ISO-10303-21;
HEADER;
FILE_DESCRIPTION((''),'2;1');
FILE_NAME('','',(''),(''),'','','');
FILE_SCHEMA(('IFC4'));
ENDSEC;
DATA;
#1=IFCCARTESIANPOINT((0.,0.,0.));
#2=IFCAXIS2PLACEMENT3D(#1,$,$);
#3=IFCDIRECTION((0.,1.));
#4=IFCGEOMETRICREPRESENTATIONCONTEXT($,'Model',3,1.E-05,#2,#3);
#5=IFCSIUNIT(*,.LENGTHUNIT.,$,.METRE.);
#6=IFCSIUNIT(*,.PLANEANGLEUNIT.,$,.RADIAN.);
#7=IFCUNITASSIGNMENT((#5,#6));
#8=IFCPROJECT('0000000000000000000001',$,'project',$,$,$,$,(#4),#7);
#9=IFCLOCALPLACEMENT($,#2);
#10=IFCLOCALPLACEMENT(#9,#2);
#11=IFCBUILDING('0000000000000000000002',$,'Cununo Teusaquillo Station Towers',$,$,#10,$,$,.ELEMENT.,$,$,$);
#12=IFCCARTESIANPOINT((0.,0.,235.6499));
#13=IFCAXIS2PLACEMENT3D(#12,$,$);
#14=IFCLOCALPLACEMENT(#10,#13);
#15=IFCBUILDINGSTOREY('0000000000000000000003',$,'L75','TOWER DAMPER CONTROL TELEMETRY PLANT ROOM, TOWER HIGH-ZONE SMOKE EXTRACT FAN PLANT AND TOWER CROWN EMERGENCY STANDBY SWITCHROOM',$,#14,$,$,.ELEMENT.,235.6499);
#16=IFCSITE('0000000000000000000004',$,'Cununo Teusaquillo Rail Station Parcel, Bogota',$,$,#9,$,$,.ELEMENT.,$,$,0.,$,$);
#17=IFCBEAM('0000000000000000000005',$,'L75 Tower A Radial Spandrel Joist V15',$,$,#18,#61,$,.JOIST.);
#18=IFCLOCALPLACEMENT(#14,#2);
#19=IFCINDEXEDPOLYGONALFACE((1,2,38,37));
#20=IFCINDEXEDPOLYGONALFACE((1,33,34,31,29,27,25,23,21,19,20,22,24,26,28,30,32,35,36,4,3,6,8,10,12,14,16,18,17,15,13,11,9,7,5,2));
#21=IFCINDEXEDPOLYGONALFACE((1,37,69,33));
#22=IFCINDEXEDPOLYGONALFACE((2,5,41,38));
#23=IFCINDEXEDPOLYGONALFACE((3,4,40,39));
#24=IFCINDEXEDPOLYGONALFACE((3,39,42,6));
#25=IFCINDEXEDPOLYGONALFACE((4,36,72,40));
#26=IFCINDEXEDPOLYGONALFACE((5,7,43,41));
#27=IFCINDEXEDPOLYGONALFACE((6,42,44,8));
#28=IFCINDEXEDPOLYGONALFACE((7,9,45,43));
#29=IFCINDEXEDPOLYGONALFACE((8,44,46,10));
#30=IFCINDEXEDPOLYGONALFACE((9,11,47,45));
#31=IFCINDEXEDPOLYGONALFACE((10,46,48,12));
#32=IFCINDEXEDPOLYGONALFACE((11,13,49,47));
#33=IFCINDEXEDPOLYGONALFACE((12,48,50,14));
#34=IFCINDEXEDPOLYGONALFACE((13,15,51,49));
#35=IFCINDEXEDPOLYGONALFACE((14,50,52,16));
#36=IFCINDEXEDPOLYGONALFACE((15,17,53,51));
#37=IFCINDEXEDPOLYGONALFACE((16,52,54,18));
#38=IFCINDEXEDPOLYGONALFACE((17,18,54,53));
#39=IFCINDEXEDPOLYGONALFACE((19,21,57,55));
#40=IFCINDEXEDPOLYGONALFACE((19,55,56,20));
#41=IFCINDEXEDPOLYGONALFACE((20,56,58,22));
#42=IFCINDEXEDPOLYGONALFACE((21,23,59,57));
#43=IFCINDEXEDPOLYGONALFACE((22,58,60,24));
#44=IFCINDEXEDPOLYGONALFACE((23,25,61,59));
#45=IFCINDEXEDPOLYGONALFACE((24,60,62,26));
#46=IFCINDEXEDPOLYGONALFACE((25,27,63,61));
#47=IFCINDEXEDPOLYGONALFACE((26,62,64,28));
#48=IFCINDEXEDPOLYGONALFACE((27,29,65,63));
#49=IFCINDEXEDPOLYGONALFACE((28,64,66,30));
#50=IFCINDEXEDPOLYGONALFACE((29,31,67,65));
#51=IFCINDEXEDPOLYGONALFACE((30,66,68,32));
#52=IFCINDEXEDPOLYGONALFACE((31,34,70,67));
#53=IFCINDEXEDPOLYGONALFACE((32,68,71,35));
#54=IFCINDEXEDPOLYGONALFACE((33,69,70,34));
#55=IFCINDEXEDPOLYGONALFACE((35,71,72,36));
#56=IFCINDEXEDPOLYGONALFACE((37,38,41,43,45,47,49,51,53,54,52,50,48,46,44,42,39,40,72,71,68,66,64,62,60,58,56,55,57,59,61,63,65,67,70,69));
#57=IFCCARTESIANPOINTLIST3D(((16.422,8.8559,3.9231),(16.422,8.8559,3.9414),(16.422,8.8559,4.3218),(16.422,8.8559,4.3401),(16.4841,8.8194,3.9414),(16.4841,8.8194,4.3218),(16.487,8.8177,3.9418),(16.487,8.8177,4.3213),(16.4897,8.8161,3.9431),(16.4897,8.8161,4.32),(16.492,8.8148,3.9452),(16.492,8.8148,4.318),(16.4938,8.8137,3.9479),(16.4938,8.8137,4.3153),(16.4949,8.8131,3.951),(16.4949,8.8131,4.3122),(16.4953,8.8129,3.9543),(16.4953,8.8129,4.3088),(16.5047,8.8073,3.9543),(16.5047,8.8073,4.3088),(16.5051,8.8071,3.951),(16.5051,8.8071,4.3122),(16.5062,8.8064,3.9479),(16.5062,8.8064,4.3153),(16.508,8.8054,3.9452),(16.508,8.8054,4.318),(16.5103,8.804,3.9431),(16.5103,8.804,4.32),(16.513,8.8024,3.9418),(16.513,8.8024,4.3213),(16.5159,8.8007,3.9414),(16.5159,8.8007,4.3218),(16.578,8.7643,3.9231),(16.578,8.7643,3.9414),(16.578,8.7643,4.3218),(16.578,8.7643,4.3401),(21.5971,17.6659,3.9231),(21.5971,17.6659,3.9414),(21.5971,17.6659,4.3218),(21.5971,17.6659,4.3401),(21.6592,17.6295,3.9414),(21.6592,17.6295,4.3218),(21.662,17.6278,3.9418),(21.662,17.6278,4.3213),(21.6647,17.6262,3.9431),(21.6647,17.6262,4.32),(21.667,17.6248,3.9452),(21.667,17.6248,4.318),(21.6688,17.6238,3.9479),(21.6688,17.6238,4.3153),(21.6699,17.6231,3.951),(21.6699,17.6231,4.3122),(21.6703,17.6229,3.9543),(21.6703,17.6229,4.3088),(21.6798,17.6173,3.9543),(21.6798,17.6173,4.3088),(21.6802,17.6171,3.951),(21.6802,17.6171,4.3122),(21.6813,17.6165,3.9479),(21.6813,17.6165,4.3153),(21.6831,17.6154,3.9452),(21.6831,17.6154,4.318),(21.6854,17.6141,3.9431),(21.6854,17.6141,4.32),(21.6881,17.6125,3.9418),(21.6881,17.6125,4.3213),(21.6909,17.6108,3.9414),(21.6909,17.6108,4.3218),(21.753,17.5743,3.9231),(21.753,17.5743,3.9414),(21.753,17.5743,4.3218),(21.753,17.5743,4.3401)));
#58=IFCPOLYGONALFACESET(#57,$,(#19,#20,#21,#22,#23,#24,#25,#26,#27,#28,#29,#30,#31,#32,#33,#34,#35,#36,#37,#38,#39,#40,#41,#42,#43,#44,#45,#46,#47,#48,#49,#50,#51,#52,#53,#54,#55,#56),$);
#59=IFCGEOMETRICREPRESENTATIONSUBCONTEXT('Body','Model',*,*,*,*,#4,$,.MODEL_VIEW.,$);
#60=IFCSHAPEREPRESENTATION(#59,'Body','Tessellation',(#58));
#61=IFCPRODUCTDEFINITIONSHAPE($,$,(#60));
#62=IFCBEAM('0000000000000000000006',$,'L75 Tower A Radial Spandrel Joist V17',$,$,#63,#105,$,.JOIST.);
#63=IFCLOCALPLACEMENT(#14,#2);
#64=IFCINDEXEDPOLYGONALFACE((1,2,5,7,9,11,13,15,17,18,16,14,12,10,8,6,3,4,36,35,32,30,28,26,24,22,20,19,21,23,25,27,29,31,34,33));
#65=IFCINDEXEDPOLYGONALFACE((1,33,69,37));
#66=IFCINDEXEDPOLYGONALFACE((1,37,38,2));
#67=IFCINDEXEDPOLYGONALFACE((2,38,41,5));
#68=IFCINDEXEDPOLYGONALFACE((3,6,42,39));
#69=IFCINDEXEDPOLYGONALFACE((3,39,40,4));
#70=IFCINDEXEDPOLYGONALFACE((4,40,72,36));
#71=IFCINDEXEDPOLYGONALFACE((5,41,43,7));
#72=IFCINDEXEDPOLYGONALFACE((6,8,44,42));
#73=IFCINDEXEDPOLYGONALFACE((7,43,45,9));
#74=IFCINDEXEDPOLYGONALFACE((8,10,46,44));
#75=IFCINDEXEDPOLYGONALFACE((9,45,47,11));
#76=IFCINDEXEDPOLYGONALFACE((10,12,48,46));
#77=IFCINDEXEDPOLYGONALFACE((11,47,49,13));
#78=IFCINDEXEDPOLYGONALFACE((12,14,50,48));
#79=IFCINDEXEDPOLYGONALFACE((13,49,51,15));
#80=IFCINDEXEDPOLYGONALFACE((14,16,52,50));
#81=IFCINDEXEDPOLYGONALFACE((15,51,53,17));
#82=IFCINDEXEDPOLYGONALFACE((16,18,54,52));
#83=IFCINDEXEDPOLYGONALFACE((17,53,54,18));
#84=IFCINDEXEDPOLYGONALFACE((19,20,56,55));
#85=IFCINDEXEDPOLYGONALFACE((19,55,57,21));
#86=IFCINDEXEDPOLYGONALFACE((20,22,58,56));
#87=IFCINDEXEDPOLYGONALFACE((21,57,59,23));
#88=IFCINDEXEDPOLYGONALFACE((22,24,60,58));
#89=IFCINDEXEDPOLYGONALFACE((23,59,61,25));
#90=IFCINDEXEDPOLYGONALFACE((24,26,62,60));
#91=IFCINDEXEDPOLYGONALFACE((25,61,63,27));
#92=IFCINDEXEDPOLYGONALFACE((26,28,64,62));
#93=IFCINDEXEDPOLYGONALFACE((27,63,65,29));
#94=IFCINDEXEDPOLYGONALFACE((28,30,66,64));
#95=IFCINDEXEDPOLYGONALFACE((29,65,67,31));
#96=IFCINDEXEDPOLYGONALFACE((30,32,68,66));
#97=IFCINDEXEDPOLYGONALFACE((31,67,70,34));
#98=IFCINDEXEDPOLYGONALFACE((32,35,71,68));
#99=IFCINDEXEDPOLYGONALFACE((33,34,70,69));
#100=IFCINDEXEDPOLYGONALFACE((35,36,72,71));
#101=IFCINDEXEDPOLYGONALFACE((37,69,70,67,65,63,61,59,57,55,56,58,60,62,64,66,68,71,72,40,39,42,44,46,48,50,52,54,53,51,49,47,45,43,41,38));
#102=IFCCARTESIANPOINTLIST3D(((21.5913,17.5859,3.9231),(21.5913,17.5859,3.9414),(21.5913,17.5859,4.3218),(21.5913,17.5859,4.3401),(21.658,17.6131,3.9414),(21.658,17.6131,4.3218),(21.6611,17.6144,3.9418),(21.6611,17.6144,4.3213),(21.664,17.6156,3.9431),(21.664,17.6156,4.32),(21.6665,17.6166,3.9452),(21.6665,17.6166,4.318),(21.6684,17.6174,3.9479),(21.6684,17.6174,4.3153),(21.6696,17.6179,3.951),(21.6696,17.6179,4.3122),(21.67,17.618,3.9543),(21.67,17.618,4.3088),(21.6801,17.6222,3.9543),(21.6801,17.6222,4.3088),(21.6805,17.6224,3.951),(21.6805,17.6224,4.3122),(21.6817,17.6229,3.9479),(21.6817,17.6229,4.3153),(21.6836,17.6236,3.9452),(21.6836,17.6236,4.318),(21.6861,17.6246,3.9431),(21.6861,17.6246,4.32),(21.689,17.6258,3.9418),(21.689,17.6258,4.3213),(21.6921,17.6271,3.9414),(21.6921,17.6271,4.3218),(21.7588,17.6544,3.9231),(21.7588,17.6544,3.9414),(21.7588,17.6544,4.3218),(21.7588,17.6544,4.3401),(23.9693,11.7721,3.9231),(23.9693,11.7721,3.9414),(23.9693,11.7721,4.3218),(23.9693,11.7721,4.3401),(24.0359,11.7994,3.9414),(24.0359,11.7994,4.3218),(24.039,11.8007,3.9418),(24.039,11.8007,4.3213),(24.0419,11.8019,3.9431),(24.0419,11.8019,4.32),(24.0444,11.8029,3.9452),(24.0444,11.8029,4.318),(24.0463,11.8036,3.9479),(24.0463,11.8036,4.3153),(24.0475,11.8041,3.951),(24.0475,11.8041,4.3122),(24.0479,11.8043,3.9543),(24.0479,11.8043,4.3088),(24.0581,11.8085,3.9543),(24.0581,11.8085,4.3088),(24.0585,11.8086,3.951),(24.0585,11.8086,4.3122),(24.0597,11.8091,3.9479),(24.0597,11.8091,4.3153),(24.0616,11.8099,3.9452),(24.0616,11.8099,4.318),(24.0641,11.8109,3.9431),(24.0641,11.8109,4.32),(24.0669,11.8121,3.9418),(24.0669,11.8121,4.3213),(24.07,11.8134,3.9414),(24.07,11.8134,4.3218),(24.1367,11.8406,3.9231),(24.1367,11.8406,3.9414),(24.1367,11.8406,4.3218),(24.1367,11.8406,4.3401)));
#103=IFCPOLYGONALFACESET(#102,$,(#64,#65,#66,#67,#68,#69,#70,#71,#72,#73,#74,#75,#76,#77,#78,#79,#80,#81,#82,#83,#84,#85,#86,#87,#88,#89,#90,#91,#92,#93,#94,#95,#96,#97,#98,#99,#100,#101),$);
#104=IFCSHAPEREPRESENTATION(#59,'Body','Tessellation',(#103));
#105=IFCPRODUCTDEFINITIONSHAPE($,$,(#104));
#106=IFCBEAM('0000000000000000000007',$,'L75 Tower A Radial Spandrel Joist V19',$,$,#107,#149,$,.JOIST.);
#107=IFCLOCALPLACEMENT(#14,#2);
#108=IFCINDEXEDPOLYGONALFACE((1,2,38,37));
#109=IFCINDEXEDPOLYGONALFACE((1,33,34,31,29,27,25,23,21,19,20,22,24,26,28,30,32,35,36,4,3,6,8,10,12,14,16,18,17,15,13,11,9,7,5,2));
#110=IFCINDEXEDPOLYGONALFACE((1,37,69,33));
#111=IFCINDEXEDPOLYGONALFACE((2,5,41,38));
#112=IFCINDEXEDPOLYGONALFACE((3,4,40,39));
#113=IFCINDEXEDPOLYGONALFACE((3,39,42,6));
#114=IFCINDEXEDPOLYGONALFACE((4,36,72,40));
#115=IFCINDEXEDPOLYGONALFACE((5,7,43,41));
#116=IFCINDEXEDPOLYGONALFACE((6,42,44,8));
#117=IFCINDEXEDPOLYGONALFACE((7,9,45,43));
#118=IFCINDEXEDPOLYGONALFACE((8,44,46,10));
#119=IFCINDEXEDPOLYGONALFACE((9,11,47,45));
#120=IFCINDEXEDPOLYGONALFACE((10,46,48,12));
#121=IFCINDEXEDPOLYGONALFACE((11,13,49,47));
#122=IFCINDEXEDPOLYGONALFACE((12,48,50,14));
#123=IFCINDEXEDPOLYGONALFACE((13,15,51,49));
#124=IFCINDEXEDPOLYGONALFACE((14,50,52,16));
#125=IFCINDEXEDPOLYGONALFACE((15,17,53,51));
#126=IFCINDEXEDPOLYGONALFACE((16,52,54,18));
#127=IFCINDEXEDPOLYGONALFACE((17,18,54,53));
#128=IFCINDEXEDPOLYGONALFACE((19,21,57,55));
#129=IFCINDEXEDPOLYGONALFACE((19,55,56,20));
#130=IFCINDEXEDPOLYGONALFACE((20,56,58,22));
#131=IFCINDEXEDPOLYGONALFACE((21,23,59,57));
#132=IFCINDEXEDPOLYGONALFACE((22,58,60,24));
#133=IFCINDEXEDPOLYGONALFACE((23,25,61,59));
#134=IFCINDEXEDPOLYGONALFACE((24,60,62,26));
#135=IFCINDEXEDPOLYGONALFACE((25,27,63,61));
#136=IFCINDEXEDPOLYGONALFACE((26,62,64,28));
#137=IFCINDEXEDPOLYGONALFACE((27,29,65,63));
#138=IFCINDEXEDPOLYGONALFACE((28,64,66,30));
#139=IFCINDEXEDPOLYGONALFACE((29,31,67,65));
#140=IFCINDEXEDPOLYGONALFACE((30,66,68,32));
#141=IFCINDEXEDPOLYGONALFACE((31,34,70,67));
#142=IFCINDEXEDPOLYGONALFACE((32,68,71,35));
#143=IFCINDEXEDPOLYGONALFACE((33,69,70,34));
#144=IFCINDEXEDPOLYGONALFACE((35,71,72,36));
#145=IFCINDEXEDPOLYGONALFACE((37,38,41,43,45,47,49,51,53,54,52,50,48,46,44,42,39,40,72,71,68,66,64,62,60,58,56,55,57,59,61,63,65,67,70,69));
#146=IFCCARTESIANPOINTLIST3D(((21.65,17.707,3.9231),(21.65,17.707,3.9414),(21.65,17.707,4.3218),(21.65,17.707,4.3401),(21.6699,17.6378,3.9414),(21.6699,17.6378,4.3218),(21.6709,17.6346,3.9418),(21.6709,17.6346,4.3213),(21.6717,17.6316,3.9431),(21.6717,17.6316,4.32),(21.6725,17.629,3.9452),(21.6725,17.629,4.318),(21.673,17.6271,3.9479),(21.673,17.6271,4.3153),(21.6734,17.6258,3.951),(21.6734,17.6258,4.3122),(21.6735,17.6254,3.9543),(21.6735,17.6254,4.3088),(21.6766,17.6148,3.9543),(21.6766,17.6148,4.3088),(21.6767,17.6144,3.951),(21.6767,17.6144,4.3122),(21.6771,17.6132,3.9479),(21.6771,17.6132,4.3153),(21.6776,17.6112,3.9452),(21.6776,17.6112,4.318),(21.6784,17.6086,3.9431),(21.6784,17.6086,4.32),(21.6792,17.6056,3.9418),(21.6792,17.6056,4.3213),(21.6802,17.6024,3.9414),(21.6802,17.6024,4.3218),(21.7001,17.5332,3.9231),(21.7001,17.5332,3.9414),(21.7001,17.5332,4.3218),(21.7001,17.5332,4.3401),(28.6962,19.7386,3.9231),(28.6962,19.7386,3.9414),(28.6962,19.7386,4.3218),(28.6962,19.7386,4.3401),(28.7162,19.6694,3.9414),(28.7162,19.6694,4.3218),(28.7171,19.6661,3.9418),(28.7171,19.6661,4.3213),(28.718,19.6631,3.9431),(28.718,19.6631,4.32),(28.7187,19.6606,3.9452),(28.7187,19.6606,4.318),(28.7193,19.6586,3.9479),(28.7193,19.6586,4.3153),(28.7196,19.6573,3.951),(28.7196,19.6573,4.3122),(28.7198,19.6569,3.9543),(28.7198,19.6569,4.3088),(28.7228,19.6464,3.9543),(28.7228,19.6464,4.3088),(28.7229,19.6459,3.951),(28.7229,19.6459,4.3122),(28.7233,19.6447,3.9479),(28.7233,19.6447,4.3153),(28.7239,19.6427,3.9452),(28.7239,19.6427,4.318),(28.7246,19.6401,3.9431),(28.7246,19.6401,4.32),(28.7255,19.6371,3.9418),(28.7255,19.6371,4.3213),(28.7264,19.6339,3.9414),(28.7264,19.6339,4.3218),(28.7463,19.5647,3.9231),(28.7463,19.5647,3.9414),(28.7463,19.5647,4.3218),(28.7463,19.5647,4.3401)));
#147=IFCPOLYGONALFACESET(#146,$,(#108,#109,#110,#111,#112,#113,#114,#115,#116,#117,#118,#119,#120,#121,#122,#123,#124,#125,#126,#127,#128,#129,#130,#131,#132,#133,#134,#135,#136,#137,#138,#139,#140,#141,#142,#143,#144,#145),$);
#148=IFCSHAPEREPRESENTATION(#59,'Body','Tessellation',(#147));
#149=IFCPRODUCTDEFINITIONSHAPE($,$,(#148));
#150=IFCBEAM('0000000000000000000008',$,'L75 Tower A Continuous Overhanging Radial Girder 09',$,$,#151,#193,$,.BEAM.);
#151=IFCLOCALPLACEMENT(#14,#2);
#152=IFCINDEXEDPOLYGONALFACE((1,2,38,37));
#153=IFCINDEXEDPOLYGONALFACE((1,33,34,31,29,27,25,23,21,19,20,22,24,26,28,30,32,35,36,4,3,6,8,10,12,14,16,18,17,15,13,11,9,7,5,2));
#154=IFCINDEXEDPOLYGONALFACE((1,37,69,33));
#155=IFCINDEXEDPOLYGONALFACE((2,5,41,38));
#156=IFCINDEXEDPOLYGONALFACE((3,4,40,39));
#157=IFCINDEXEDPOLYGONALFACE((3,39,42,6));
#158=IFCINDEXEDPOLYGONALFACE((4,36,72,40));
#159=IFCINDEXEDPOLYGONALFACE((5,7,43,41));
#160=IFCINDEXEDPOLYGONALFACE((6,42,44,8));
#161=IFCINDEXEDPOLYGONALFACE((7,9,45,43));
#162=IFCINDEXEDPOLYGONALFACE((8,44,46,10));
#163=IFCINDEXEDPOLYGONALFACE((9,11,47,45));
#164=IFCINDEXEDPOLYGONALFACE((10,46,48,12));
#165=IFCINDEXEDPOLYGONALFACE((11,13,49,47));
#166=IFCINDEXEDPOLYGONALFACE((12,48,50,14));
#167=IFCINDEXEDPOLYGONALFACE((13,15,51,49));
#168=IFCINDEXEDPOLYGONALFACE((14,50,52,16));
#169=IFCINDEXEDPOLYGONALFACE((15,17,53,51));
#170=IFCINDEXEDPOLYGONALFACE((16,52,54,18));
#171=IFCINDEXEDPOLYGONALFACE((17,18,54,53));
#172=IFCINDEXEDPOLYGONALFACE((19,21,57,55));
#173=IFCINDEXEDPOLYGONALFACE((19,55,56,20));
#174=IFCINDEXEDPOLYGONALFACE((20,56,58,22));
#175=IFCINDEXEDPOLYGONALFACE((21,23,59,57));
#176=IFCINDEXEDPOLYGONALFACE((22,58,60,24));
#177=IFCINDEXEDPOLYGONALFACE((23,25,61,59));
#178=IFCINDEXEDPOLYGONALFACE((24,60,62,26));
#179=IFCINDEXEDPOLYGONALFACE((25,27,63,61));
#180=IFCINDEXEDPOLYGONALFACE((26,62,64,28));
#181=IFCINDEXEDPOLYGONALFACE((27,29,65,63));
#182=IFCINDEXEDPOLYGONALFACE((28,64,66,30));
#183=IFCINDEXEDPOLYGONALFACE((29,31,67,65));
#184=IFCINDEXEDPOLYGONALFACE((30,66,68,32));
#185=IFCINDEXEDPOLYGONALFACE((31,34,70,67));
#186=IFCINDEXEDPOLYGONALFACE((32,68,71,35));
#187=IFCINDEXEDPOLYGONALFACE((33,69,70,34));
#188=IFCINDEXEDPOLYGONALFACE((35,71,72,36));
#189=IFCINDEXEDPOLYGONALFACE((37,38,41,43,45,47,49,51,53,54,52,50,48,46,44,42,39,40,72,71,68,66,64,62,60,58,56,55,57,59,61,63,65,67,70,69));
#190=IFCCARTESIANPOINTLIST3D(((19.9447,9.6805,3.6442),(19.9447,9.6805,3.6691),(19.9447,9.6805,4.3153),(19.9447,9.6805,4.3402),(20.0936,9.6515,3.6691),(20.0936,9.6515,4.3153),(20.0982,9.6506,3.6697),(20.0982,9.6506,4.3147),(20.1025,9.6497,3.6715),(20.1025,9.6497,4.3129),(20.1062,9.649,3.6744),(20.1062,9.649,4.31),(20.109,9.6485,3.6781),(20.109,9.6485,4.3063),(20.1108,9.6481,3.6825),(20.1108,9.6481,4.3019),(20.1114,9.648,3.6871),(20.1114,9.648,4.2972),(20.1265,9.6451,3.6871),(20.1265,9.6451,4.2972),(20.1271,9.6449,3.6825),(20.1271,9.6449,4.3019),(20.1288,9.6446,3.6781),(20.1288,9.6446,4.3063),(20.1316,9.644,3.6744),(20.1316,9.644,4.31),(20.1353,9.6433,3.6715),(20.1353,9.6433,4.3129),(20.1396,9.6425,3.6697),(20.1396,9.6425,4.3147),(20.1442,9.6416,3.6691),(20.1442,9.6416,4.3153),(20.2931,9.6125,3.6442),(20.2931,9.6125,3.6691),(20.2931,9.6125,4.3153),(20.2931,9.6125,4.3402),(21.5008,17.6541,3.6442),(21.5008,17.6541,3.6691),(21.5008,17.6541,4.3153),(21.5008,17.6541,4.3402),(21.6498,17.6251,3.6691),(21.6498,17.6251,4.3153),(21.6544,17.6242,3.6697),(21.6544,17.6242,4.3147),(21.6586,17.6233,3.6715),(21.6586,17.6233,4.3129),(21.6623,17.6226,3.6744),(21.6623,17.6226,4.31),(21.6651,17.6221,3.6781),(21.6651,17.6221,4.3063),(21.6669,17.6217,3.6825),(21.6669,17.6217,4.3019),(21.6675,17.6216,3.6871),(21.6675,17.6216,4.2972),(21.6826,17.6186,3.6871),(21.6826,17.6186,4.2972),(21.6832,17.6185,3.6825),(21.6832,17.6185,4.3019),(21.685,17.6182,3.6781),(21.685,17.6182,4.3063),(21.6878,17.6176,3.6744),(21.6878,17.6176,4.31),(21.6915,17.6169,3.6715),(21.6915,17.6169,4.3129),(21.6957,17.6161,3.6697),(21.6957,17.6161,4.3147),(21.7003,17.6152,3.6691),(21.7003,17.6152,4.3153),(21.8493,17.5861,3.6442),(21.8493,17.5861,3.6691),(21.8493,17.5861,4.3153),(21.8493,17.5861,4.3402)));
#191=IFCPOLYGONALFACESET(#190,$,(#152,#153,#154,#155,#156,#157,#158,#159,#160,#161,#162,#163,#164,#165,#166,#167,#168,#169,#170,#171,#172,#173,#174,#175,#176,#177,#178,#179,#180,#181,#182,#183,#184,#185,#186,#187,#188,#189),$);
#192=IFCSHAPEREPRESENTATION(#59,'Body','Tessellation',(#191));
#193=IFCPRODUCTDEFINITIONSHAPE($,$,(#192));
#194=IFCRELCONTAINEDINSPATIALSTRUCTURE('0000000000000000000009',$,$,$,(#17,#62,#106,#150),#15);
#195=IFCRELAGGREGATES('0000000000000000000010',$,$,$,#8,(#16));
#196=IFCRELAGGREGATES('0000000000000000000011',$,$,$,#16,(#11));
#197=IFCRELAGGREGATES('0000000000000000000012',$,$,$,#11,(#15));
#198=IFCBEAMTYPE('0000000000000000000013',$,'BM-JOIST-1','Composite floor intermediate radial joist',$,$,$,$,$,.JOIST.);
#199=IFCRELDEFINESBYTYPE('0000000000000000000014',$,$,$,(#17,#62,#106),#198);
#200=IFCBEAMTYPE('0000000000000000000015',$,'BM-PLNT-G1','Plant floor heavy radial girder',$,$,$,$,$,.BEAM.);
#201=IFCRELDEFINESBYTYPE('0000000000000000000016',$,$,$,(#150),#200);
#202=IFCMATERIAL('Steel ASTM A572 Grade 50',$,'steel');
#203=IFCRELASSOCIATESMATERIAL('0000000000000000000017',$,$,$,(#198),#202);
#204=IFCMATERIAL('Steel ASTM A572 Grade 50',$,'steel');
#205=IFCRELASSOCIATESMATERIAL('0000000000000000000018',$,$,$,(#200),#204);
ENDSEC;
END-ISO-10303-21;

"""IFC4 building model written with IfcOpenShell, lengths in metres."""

from ifc_helpers import new_model, si_unit, direction, frame, origin, origin_2d, place, context, subcontext, project, spatial, i_section, extrude, material, material_profile, profile_set, type_object, element, save


model = new_model("IFC4")

# Units and contexts
model_context = context("Model", 3, precision=1e-05, world=origin(), true_north=direction((0.0, 1.0)))
body_context = subcontext(model_context, "Body", "Model", "MODEL_VIEW")
ifc_project = project(units=[si_unit("LENGTHUNIT", "METRE"), si_unit("PLANEANGLEUNIT", "RADIAN")], contexts=[model_context])

# Site, building, storey
site_placement = place(None, origin())
site = spatial("IfcSite", under=ifc_project, at=site_placement, Name="Cununo Teusaquillo Rail Station Parcel, Bogota", CompositionType="ELEMENT", RefElevation=0.0)
building_placement = place(site_placement, origin())
building = spatial("IfcBuilding", under=site, at=building_placement, Name="Cununo Teusaquillo Station Towers", CompositionType="ELEMENT")
storey_placement = place(building_placement, frame((0.0, 0.0, 235.6499)))
storey = spatial("IfcBuildingStorey", under=building, at=storey_placement, Name="L75", Description="TOWER DAMPER CONTROL TELEMETRY PLANT ROOM, TOWER HIGH-ZONE SMOKE EXTRACT FAN PLANT AND TOWER CROWN EMERGENCY STANDBY SWITCHROOM", CompositionType="ELEMENT", Elevation=235.6499)

# Beams
ifc_material_1 = material(Name="Steel ASTM A572 Grade 50", Category="steel")
ifc_material_profile_1 = material_profile(ifc_material_1, i_section(OverallWidth=0.1809, OverallDepth=0.417, WebThickness=0.011, FlangeThickness=0.0183, FilletRadius=0.0129, at=origin_2d()), Name="W16X57")
ifc_profile_set_1 = profile_set([ifc_material_profile_1], Name="Steel ASTM A572 Grade 50")
beam_type_1 = type_object("IfcBeamType", Name="BM-JOIST-1", Description="Composite floor intermediate radial joist", PredefinedType="JOIST", material=ifc_profile_set_1)
beam_1_placement = place(storey_placement, frame((21.675, 17.6201, 4.1316), z_axis=(-0.506486, -0.862248, 0.0), x_axis=(0.862248, -0.506486, 0.0)))
element("IfcBeam", 1, at=beam_1_placement, inside=storey, type_object=beam_type_1, Name="L75 Tower A Radial Spandrel Joist V15", PredefinedType="JOIST", context=body_context, shape_type="SweptSolid", body=[
    extrude(i_section(OverallWidth=0.1809, OverallDepth=0.417, WebThickness=0.011, FlangeThickness=0.0183, FilletRadius=0.0129, at=origin_2d()), origin(), (0.0, 0.0, 1.0), 10.2175),
])
beam_2_placement = place(storey_placement, frame((21.675, 17.6201, 4.1316), z_axis=(0.378577, -0.92557, 0.0), x_axis=(0.92557, 0.378577, 0.0)))
element("IfcBeam", 2, at=beam_2_placement, inside=storey, type_object=beam_type_1, Name="L75 Tower A Radial Spandrel Joist V17", PredefinedType="JOIST", context=body_context, shape_type="SweptSolid", body=[
    extrude(i_section(OverallWidth=0.1809, OverallDepth=0.417, WebThickness=0.011, FlangeThickness=0.0183, FilletRadius=0.0129, at=origin_2d()), origin(), (0.0, 0.0, 1.0), 6.2812),
])
beam_3_placement = place(storey_placement, frame((21.675, 17.6201, 4.1316), z_axis=(0.960862, 0.277029, 0.0), x_axis=(-0.277029, 0.960862, 0.0)))
element("IfcBeam", 3, at=beam_3_placement, inside=storey, type_object=beam_type_1, Name="L75 Tower A Radial Spandrel Joist V19", PredefinedType="JOIST", context=body_context, shape_type="SweptSolid", body=[
    extrude(i_section(OverallWidth=0.1809, OverallDepth=0.417, WebThickness=0.011, FlangeThickness=0.0183, FilletRadius=0.0129, at=origin_2d()), origin(), (0.0, 0.0, 1.0), 7.3333),
])
ifc_material_2 = material(Name="Steel ASTM A572 Grade 50", Category="steel")
ifc_material_profile_2 = material_profile(ifc_material_2, i_section(OverallWidth=0.355, OverallDepth=0.696, WebThickness=0.0154, FlangeThickness=0.0249, FilletRadius=0.0181, at=origin_2d()), Name="W27X146")
ifc_profile_set_2 = profile_set([ifc_material_profile_2], Name="Steel ASTM A572 Grade 50")
beam_type_2 = type_object("IfcBeamType", Name="BM-PLNT-G1", Description="Plant floor heavy radial girder", PredefinedType="BEAM", material=ifc_profile_set_2)
beam_4_placement = place(storey_placement, frame((21.675, 17.6201, 3.9922), z_axis=(-0.191548, -0.981483, 0.0), x_axis=(0.981483, -0.191548, 0.0)))
element("IfcBeam", 4, at=beam_4_placement, inside=storey, type_object=beam_type_2, Name="L75 Tower A Continuous Overhanging Radial Girder 09", PredefinedType="BEAM", context=body_context, shape_type="SweptSolid", body=[
    extrude(i_section(OverallWidth=0.355, OverallDepth=0.696, WebThickness=0.0154, FlangeThickness=0.0249, FilletRadius=0.0181, at=origin_2d()), origin(), (0.0, 0.0, 1.0), 8.124),
])

save(model, "model.ifc")
